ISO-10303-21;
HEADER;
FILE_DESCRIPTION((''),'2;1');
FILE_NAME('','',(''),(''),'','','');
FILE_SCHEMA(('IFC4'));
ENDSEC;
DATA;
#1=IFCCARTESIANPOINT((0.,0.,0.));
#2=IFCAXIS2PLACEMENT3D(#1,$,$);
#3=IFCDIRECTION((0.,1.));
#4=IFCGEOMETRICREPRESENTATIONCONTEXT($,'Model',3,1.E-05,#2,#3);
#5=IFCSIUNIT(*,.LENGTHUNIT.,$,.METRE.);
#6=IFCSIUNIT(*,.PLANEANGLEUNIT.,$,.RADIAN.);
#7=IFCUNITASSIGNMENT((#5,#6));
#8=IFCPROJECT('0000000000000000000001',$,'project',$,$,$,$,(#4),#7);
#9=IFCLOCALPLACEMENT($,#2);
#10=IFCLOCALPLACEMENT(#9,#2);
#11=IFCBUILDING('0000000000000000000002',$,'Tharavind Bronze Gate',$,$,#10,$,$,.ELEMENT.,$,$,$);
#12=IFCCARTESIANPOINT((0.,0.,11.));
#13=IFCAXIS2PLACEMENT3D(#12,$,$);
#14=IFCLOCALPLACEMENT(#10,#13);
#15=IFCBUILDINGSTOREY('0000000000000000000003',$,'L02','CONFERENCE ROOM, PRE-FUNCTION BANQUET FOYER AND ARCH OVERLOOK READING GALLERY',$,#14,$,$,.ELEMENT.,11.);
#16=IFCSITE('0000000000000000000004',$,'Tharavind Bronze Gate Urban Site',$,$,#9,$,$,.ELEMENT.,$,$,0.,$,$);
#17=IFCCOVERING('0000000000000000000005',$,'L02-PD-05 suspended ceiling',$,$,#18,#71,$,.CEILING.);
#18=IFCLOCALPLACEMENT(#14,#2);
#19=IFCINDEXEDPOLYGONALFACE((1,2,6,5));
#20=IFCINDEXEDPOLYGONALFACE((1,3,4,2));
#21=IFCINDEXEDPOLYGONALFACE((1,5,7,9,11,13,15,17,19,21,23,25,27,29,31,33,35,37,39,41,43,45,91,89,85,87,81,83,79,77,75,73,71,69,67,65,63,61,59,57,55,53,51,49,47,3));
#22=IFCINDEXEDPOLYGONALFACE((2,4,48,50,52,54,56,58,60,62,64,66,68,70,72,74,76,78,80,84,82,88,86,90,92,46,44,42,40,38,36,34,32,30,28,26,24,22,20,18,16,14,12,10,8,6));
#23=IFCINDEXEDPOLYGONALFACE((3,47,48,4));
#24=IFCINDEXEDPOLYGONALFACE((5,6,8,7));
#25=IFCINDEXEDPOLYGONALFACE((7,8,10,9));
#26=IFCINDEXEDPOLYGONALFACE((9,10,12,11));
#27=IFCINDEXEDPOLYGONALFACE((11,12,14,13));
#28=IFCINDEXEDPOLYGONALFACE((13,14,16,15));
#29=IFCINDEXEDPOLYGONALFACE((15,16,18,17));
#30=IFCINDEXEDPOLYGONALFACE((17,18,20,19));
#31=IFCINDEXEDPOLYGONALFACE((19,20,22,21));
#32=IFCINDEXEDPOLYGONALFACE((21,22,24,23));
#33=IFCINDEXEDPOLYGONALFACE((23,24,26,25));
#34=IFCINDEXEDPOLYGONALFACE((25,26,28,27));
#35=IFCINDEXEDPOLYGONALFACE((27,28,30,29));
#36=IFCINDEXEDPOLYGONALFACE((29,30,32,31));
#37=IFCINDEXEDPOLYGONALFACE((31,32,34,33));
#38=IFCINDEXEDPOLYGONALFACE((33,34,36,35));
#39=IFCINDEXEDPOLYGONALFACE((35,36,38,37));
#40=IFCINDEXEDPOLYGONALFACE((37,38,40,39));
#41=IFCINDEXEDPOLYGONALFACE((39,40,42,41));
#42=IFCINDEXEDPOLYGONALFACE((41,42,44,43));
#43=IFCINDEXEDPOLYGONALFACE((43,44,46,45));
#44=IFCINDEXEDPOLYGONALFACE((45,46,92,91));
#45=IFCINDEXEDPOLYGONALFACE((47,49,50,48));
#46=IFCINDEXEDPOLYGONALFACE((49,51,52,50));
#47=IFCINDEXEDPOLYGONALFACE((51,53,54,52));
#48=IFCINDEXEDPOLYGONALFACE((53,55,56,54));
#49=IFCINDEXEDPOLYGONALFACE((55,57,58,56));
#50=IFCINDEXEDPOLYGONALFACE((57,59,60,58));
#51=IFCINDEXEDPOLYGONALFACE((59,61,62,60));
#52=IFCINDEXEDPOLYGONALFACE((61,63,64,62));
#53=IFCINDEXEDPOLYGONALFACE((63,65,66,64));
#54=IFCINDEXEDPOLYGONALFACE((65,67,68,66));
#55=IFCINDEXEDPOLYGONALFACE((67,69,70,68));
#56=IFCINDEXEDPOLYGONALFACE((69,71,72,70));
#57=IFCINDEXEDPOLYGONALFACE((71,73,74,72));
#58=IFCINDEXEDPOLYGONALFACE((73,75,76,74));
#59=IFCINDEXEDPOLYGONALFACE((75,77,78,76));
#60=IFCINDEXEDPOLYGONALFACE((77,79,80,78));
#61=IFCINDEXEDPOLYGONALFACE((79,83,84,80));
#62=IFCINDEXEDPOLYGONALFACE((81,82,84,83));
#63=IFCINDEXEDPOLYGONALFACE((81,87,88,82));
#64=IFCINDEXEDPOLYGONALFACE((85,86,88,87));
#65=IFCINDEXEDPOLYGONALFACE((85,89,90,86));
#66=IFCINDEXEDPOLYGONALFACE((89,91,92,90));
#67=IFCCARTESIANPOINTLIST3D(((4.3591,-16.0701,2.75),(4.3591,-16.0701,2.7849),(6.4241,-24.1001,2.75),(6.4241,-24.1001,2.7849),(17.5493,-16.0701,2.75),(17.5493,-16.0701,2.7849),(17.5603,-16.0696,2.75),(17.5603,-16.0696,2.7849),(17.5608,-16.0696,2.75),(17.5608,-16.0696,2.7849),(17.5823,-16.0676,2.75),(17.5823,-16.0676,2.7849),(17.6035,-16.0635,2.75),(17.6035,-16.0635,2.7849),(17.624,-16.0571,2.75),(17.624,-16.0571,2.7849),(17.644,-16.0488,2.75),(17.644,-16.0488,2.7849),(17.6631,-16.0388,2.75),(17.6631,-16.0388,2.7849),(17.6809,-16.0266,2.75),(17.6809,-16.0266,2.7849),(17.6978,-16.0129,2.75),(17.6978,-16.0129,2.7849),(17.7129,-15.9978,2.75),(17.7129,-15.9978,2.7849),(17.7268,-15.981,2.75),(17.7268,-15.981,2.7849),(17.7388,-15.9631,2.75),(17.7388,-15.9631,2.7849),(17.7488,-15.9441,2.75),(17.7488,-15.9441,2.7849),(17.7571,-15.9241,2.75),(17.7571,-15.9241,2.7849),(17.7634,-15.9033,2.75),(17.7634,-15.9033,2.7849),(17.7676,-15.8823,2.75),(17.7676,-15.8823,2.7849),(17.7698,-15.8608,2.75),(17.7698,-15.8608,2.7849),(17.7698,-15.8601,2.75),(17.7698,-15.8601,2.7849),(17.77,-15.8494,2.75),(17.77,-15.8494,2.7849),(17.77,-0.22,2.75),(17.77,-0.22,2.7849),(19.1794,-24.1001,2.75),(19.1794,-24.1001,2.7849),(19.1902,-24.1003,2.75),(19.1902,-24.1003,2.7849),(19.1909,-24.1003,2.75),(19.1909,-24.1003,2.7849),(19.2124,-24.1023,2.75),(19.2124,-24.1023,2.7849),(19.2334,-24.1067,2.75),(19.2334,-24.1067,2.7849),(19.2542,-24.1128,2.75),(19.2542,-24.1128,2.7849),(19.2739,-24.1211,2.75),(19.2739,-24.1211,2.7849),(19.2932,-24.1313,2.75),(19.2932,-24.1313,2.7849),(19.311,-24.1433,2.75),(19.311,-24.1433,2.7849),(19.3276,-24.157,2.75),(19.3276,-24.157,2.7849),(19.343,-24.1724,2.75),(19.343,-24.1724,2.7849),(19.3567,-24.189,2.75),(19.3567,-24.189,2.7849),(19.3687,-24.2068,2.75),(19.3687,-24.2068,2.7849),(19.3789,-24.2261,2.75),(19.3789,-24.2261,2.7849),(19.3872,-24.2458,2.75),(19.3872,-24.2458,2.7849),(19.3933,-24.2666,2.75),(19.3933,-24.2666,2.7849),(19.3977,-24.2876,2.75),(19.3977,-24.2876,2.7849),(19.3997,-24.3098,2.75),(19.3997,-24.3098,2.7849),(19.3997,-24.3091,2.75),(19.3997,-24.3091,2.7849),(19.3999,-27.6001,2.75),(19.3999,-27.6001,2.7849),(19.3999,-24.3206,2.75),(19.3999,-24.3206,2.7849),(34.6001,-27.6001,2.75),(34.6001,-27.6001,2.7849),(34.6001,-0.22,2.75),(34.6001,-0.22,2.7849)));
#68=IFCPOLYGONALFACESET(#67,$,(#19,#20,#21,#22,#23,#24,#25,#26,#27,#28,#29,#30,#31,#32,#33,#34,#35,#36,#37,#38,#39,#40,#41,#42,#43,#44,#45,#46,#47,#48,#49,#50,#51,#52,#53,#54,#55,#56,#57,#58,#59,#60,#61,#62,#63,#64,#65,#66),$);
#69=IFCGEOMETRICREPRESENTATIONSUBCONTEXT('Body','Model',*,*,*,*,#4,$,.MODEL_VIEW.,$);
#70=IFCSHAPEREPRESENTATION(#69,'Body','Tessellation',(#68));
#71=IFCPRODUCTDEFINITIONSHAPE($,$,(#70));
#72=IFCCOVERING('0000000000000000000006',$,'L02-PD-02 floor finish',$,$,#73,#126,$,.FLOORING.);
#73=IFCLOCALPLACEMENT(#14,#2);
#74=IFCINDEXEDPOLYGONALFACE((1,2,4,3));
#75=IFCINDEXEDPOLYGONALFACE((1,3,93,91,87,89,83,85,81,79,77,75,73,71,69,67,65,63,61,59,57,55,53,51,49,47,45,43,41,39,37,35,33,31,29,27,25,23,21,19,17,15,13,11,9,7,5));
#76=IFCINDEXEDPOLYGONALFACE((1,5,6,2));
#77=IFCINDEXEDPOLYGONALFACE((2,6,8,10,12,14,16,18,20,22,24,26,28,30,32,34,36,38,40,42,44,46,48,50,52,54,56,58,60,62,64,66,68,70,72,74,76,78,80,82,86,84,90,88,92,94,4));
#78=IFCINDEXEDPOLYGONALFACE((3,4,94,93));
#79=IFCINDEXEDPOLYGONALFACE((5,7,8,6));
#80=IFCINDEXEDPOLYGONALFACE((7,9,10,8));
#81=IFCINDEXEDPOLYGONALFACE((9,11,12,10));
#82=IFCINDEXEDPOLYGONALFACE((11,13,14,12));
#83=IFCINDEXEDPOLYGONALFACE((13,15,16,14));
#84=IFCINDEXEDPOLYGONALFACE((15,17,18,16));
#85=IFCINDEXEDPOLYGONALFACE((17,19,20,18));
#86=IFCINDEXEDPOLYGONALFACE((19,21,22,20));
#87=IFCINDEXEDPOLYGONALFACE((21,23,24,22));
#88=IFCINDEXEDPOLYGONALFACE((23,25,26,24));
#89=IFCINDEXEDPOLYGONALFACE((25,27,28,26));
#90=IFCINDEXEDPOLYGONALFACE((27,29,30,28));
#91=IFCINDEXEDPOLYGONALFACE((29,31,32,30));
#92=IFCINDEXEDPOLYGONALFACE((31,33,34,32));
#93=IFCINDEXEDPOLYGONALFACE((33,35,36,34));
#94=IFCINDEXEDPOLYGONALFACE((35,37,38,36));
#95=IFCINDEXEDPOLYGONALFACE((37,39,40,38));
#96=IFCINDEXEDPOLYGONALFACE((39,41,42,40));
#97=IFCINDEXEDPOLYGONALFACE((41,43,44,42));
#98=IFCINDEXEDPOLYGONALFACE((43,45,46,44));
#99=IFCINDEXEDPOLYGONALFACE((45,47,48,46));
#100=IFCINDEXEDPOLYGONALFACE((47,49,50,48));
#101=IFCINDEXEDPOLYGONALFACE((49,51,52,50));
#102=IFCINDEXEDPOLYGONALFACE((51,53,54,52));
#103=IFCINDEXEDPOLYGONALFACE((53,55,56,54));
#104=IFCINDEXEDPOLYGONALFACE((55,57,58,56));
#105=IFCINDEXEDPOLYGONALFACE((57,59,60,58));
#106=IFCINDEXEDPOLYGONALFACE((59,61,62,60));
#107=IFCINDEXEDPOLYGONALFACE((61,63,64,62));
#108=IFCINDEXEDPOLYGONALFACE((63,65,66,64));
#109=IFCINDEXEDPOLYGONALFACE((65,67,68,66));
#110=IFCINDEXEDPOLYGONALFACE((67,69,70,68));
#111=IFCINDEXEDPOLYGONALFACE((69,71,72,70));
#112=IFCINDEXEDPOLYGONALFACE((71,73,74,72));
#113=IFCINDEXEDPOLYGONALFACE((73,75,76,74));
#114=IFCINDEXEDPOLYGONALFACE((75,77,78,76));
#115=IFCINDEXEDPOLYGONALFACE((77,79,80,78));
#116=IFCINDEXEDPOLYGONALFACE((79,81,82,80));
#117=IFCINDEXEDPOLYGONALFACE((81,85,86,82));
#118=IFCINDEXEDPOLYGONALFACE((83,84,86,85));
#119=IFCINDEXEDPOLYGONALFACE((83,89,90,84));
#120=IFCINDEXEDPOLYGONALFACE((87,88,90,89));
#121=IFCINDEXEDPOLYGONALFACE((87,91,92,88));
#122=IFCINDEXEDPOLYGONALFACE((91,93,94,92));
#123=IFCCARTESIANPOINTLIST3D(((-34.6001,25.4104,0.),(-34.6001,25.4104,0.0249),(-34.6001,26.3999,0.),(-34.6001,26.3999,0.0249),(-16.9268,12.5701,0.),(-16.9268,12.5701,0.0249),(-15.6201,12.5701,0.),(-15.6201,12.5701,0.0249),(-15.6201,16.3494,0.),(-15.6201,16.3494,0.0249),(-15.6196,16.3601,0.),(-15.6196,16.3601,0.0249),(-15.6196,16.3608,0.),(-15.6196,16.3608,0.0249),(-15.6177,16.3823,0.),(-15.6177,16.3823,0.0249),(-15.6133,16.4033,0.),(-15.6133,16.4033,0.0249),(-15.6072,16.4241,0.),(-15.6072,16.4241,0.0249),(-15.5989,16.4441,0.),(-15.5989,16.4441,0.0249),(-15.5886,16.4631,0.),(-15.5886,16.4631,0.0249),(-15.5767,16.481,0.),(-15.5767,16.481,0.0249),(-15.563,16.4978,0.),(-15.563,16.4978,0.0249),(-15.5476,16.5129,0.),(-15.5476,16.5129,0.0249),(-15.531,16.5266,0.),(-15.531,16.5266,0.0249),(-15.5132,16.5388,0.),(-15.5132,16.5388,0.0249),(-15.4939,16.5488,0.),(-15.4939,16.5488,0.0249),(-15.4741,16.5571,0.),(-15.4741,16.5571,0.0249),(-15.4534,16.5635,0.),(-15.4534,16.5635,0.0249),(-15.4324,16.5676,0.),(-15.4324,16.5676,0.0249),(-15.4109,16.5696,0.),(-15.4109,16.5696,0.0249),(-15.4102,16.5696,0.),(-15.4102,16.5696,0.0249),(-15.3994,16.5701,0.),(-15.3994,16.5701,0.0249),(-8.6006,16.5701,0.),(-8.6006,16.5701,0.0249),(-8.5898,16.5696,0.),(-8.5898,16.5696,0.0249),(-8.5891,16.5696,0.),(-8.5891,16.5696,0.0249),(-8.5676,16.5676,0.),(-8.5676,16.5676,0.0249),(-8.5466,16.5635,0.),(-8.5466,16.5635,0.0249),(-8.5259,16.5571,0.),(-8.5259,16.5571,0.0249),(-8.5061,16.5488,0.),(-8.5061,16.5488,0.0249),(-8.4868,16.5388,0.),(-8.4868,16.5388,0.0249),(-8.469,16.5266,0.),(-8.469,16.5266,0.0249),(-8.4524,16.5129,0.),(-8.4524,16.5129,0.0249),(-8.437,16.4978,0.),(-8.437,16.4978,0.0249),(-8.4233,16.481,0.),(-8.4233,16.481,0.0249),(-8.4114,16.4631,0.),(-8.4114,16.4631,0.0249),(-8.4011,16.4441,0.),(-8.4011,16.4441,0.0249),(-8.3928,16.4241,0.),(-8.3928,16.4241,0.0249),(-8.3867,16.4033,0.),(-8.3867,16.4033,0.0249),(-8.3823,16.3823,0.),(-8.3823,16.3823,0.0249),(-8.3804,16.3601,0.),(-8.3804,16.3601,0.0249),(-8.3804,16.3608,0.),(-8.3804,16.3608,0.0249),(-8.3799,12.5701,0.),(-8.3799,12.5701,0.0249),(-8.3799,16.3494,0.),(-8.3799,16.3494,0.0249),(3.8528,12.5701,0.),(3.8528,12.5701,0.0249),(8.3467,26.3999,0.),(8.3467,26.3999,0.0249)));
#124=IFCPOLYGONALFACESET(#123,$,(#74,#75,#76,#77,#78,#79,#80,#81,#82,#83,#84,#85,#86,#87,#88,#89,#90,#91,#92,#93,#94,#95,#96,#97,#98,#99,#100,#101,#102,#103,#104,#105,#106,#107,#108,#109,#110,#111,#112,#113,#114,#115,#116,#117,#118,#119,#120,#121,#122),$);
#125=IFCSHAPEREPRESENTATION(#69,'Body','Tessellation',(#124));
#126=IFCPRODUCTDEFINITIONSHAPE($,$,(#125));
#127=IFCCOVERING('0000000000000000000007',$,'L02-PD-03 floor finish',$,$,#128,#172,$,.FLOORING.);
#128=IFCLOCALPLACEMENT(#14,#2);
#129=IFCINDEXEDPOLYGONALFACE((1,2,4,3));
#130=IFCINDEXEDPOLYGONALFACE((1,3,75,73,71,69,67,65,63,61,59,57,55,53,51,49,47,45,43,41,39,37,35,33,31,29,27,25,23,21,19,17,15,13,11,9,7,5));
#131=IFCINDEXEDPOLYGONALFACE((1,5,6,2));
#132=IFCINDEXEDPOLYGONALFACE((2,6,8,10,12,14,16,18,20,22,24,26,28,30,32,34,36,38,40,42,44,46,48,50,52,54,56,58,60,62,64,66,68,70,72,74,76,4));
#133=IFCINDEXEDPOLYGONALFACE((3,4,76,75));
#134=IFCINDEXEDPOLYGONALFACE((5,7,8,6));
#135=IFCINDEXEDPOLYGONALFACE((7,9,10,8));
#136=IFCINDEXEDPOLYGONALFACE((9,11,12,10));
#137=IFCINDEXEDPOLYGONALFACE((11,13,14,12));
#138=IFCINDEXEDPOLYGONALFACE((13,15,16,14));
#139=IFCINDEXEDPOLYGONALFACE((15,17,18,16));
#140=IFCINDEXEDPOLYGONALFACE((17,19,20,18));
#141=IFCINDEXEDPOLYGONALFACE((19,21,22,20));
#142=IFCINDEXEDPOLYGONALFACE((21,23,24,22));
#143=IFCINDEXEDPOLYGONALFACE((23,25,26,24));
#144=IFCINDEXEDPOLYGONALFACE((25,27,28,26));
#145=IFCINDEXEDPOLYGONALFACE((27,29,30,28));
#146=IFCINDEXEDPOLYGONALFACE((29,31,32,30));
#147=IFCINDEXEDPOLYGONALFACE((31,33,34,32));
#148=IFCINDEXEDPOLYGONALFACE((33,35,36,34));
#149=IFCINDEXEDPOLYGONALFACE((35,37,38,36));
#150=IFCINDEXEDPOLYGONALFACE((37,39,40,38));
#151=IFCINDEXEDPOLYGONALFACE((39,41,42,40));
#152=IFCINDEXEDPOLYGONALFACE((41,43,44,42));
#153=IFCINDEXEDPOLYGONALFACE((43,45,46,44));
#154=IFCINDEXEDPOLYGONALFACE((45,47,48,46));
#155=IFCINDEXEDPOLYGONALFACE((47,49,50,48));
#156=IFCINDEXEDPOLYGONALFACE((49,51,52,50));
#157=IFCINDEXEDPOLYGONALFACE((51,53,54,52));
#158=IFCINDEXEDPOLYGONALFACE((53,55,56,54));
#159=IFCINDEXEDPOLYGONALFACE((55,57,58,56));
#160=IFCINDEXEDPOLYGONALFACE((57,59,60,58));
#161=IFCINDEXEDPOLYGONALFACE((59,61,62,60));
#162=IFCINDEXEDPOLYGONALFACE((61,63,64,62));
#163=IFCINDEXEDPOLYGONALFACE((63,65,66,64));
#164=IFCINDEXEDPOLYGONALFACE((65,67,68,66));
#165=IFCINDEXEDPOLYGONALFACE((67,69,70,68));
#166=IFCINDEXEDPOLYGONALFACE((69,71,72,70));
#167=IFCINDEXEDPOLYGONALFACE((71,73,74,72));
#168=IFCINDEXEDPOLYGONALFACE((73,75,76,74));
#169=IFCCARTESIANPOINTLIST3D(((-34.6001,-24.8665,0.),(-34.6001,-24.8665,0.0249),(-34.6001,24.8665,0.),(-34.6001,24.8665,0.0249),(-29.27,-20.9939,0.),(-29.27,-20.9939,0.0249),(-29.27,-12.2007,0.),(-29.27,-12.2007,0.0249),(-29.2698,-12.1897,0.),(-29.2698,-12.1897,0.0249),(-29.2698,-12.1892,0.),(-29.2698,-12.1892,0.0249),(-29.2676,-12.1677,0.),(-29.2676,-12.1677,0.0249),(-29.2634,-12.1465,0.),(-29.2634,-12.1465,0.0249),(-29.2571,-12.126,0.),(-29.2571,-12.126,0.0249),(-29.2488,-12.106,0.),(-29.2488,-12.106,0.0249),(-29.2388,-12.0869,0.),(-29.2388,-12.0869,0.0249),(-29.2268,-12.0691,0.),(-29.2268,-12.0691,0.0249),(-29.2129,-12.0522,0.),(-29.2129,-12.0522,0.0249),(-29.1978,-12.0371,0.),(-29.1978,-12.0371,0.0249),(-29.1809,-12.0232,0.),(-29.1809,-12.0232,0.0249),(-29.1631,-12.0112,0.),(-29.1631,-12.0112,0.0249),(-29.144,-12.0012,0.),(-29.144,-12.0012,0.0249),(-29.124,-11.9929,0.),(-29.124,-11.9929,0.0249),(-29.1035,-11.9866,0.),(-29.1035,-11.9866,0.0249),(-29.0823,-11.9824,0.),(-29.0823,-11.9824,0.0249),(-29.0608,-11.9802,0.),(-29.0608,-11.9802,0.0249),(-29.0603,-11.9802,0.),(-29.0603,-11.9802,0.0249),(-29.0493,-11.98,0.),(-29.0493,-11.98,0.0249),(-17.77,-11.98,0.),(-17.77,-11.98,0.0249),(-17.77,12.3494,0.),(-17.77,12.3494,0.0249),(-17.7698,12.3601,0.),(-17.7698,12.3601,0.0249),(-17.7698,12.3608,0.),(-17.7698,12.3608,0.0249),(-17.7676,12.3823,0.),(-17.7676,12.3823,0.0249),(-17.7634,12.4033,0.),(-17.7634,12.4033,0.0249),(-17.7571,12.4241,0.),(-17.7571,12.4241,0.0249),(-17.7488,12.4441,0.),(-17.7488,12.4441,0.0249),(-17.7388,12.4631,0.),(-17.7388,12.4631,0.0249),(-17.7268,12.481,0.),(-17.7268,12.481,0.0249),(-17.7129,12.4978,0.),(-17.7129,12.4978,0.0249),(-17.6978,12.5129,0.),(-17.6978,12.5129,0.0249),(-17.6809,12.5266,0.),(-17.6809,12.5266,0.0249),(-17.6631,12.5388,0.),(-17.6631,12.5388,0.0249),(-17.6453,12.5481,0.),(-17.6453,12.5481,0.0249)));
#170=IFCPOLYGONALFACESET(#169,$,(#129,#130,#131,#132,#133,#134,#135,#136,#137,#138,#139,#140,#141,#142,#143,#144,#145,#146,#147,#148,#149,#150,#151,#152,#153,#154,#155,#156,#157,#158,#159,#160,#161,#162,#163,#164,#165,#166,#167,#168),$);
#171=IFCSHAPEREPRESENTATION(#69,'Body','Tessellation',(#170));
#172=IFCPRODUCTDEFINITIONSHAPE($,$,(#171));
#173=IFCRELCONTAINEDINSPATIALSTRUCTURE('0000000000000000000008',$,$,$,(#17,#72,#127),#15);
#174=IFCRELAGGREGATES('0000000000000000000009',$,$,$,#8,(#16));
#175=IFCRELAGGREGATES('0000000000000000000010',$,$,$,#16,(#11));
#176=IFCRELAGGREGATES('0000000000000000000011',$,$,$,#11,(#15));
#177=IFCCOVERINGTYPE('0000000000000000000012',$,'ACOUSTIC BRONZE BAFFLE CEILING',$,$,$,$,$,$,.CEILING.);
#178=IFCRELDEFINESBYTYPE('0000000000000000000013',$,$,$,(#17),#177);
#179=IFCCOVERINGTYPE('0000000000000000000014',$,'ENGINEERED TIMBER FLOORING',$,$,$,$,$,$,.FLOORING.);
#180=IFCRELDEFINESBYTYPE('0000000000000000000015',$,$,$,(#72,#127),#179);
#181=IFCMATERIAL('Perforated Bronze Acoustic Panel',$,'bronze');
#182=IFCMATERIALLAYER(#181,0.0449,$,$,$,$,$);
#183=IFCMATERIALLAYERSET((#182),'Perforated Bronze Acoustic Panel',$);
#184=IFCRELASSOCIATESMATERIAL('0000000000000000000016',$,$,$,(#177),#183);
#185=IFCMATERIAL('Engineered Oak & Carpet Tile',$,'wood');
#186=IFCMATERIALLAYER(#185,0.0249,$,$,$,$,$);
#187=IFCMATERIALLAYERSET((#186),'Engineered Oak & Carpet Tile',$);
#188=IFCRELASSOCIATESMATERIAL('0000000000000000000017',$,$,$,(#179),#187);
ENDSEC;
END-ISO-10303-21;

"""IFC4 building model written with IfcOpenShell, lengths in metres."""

from ifc_helpers import new_model, si_unit, direction, frame, origin, place, context, subcontext, project, spatial, polyline, outline, extrude, material, layer, layer_set, type_object, element, save


model = new_model("IFC4")

# Units and contexts
model_context = context("Model", 3, precision=1e-05, world=origin(), true_north=direction((0.0, 1.0)))
body_context = subcontext(model_context, "Body", "Model", "MODEL_VIEW")
ifc_project = project(units=[si_unit("LENGTHUNIT", "METRE"), si_unit("PLANEANGLEUNIT", "RADIAN")], contexts=[model_context])

# Site, building, storey
site_placement = place(None, origin())
site = spatial("IfcSite", under=ifc_project, at=site_placement, Name="Tharavind Bronze Gate Urban Site", CompositionType="ELEMENT", RefElevation=0.0)
building_placement = place(site_placement, origin())
building = spatial("IfcBuilding", under=site, at=building_placement, Name="Tharavind Bronze Gate", CompositionType="ELEMENT")
storey_placement = place(building_placement, frame((0.0, 0.0, 11.0)))
storey = spatial("IfcBuildingStorey", under=building, at=storey_placement, Name="L02", Description="CONFERENCE ROOM, PRE-FUNCTION BANQUET FOYER AND ARCH OVERLOOK READING GALLERY", CompositionType="ELEMENT", Elevation=11.0)

# Coverings
ifc_material_1 = material(Name="Perforated Bronze Acoustic Panel", Category="bronze")
ifc_layer_1 = layer(ifc_material_1, 0.0449)
ifc_layer_set_1 = layer_set([ifc_layer_1], Name="Perforated Bronze Acoustic Panel")
covering_type_1 = type_object("IfcCoveringType", Name="ACOUSTIC BRONZE BAFFLE CEILING", PredefinedType="CEILING", material=ifc_layer_set_1)
covering_1_placement = place(storey_placement, frame((0.0, 0.0, 2.75)))
element("IfcCovering", 1, at=covering_1_placement, inside=storey, type_object=covering_type_1, Name="L02-PD-05 suspended ceiling", PredefinedType="CEILING", context=body_context, shape_type="SweptSolid", body=[
    extrude(outline(polyline([(6.4241, -24.1001), (19.1794, -24.1001), (19.1902, -24.1003), (19.1909, -24.1003), (19.2124, -24.1023), (19.2334, -24.1067), (19.2542, -24.1128), (19.2739, -24.1211), (19.2932, -24.1313), (19.311, -24.1433), (19.3276, -24.157), (19.343, -24.1724), (19.3567, -24.189), (19.3687, -24.2068), (19.3789, -24.2261), (19.3872, -24.2458), (19.3933, -24.2666), (19.3977, -24.2876), (19.3997, -24.3091), (19.3997, -24.3098), (19.3999, -24.3206), (19.3999, -27.6001), (34.6001, -27.6001), (34.6001, -0.22), (17.77, -0.22), (17.77, -15.8494), (17.7698, -15.8601), (17.7698, -15.8608), (17.7676, -15.8823), (17.7634, -15.9033), (17.7571, -15.9241), (17.7488, -15.9441), (17.7388, -15.9631), (17.7268, -15.981), (17.7129, -15.9978), (17.6978, -16.0129), (17.6809, -16.0266), (17.6631, -16.0388), (17.644, -16.0488), (17.624, -16.0571), (17.6035, -16.0635), (17.5823, -16.0676), (17.5608, -16.0696), (17.5603, -16.0696), (17.5493, -16.0701), (4.3591, -16.0701), (6.4241, -24.1001)])), origin(), (0.0, 0.0, 1.0), 0.0349),
])
ifc_material_2 = material(Name="Engineered Oak & Carpet Tile", Category="wood")
ifc_layer_2 = layer(ifc_material_2, 0.0249)
ifc_layer_set_2 = layer_set([ifc_layer_2], Name="Engineered Oak & Carpet Tile")
covering_type_2 = type_object("IfcCoveringType", Name="ENGINEERED TIMBER FLOORING", PredefinedType="FLOORING", material=ifc_layer_set_2)
covering_2_placement = place(storey_placement, origin())
element("IfcCovering", 2, at=covering_2_placement, inside=storey, type_object=covering_type_2, Name="L02-PD-02 floor finish", PredefinedType="FLOORING", context=body_context, shape_type="SweptSolid", body=[
    extrude(outline(polyline([(-34.6001, 25.4104), (-16.9268, 12.5701), (-15.6201, 12.5701), (-15.6201, 16.3494), (-15.6196, 16.3601), (-15.6196, 16.3608), (-15.6177, 16.3823), (-15.6133, 16.4033), (-15.6072, 16.4241), (-15.5989, 16.4441), (-15.5886, 16.4631), (-15.5767, 16.481), (-15.563, 16.4978), (-15.5476, 16.5129), (-15.531, 16.5266), (-15.5132, 16.5388), (-15.4939, 16.5488), (-15.4741, 16.5571), (-15.4534, 16.5635), (-15.4324, 16.5676), (-15.4109, 16.5696), (-15.4102, 16.5696), (-15.3994, 16.5701), (-8.6006, 16.5701), (-8.5898, 16.5696), (-8.5891, 16.5696), (-8.5676, 16.5676), (-8.5466, 16.5635), (-8.5259, 16.5571), (-8.5061, 16.5488), (-8.4868, 16.5388), (-8.469, 16.5266), (-8.4524, 16.5129), (-8.437, 16.4978), (-8.4233, 16.481), (-8.4114, 16.4631), (-8.4011, 16.4441), (-8.3928, 16.4241), (-8.3867, 16.4033), (-8.3823, 16.3823), (-8.3804, 16.3608), (-8.3804, 16.3601), (-8.3799, 16.3494), (-8.3799, 12.5701), (3.8528, 12.5701), (8.3467, 26.3999), (-34.6001, 26.3999), (-34.6001, 25.4104)])), origin(), (0.0, 0.0, 1.0), 0.0249),
])
covering_3_placement = place(storey_placement, origin())
element("IfcCovering", 3, at=covering_3_placement, inside=storey, type_object=covering_type_2, Name="L02-PD-03 floor finish", PredefinedType="FLOORING", context=body_context, shape_type="SweptSolid", body=[
    extrude(outline(polyline([(-29.27, -20.9939), (-29.27, -12.2007), (-29.2698, -12.1897), (-29.2698, -12.1892), (-29.2676, -12.1677), (-29.2634, -12.1465), (-29.2571, -12.126), (-29.2488, -12.106), (-29.2388, -12.0869), (-29.2268, -12.0691), (-29.2129, -12.0522), (-29.1978, -12.0371), (-29.1809, -12.0232), (-29.1631, -12.0112), (-29.144, -12.0012), (-29.124, -11.9929), (-29.1035, -11.9866), (-29.0823, -11.9824), (-29.0608, -11.9802), (-29.0603, -11.9802), (-29.0493, -11.98), (-17.77, -11.98), (-17.77, 12.3494), (-17.7698, 12.3601), (-17.7698, 12.3608), (-17.7676, 12.3823), (-17.7634, 12.4033), (-17.7571, 12.4241), (-17.7488, 12.4441), (-17.7388, 12.4631), (-17.7268, 12.481), (-17.7129, 12.4978), (-17.6978, 12.5129), (-17.6809, 12.5266), (-17.6631, 12.5388), (-17.6453, 12.5481), (-34.6001, 24.8665), (-34.6001, -24.8665), (-29.27, -20.9939)])), origin(), (0.0, 0.0, 1.0), 0.0249),
])

save(model, "model.ifc")
